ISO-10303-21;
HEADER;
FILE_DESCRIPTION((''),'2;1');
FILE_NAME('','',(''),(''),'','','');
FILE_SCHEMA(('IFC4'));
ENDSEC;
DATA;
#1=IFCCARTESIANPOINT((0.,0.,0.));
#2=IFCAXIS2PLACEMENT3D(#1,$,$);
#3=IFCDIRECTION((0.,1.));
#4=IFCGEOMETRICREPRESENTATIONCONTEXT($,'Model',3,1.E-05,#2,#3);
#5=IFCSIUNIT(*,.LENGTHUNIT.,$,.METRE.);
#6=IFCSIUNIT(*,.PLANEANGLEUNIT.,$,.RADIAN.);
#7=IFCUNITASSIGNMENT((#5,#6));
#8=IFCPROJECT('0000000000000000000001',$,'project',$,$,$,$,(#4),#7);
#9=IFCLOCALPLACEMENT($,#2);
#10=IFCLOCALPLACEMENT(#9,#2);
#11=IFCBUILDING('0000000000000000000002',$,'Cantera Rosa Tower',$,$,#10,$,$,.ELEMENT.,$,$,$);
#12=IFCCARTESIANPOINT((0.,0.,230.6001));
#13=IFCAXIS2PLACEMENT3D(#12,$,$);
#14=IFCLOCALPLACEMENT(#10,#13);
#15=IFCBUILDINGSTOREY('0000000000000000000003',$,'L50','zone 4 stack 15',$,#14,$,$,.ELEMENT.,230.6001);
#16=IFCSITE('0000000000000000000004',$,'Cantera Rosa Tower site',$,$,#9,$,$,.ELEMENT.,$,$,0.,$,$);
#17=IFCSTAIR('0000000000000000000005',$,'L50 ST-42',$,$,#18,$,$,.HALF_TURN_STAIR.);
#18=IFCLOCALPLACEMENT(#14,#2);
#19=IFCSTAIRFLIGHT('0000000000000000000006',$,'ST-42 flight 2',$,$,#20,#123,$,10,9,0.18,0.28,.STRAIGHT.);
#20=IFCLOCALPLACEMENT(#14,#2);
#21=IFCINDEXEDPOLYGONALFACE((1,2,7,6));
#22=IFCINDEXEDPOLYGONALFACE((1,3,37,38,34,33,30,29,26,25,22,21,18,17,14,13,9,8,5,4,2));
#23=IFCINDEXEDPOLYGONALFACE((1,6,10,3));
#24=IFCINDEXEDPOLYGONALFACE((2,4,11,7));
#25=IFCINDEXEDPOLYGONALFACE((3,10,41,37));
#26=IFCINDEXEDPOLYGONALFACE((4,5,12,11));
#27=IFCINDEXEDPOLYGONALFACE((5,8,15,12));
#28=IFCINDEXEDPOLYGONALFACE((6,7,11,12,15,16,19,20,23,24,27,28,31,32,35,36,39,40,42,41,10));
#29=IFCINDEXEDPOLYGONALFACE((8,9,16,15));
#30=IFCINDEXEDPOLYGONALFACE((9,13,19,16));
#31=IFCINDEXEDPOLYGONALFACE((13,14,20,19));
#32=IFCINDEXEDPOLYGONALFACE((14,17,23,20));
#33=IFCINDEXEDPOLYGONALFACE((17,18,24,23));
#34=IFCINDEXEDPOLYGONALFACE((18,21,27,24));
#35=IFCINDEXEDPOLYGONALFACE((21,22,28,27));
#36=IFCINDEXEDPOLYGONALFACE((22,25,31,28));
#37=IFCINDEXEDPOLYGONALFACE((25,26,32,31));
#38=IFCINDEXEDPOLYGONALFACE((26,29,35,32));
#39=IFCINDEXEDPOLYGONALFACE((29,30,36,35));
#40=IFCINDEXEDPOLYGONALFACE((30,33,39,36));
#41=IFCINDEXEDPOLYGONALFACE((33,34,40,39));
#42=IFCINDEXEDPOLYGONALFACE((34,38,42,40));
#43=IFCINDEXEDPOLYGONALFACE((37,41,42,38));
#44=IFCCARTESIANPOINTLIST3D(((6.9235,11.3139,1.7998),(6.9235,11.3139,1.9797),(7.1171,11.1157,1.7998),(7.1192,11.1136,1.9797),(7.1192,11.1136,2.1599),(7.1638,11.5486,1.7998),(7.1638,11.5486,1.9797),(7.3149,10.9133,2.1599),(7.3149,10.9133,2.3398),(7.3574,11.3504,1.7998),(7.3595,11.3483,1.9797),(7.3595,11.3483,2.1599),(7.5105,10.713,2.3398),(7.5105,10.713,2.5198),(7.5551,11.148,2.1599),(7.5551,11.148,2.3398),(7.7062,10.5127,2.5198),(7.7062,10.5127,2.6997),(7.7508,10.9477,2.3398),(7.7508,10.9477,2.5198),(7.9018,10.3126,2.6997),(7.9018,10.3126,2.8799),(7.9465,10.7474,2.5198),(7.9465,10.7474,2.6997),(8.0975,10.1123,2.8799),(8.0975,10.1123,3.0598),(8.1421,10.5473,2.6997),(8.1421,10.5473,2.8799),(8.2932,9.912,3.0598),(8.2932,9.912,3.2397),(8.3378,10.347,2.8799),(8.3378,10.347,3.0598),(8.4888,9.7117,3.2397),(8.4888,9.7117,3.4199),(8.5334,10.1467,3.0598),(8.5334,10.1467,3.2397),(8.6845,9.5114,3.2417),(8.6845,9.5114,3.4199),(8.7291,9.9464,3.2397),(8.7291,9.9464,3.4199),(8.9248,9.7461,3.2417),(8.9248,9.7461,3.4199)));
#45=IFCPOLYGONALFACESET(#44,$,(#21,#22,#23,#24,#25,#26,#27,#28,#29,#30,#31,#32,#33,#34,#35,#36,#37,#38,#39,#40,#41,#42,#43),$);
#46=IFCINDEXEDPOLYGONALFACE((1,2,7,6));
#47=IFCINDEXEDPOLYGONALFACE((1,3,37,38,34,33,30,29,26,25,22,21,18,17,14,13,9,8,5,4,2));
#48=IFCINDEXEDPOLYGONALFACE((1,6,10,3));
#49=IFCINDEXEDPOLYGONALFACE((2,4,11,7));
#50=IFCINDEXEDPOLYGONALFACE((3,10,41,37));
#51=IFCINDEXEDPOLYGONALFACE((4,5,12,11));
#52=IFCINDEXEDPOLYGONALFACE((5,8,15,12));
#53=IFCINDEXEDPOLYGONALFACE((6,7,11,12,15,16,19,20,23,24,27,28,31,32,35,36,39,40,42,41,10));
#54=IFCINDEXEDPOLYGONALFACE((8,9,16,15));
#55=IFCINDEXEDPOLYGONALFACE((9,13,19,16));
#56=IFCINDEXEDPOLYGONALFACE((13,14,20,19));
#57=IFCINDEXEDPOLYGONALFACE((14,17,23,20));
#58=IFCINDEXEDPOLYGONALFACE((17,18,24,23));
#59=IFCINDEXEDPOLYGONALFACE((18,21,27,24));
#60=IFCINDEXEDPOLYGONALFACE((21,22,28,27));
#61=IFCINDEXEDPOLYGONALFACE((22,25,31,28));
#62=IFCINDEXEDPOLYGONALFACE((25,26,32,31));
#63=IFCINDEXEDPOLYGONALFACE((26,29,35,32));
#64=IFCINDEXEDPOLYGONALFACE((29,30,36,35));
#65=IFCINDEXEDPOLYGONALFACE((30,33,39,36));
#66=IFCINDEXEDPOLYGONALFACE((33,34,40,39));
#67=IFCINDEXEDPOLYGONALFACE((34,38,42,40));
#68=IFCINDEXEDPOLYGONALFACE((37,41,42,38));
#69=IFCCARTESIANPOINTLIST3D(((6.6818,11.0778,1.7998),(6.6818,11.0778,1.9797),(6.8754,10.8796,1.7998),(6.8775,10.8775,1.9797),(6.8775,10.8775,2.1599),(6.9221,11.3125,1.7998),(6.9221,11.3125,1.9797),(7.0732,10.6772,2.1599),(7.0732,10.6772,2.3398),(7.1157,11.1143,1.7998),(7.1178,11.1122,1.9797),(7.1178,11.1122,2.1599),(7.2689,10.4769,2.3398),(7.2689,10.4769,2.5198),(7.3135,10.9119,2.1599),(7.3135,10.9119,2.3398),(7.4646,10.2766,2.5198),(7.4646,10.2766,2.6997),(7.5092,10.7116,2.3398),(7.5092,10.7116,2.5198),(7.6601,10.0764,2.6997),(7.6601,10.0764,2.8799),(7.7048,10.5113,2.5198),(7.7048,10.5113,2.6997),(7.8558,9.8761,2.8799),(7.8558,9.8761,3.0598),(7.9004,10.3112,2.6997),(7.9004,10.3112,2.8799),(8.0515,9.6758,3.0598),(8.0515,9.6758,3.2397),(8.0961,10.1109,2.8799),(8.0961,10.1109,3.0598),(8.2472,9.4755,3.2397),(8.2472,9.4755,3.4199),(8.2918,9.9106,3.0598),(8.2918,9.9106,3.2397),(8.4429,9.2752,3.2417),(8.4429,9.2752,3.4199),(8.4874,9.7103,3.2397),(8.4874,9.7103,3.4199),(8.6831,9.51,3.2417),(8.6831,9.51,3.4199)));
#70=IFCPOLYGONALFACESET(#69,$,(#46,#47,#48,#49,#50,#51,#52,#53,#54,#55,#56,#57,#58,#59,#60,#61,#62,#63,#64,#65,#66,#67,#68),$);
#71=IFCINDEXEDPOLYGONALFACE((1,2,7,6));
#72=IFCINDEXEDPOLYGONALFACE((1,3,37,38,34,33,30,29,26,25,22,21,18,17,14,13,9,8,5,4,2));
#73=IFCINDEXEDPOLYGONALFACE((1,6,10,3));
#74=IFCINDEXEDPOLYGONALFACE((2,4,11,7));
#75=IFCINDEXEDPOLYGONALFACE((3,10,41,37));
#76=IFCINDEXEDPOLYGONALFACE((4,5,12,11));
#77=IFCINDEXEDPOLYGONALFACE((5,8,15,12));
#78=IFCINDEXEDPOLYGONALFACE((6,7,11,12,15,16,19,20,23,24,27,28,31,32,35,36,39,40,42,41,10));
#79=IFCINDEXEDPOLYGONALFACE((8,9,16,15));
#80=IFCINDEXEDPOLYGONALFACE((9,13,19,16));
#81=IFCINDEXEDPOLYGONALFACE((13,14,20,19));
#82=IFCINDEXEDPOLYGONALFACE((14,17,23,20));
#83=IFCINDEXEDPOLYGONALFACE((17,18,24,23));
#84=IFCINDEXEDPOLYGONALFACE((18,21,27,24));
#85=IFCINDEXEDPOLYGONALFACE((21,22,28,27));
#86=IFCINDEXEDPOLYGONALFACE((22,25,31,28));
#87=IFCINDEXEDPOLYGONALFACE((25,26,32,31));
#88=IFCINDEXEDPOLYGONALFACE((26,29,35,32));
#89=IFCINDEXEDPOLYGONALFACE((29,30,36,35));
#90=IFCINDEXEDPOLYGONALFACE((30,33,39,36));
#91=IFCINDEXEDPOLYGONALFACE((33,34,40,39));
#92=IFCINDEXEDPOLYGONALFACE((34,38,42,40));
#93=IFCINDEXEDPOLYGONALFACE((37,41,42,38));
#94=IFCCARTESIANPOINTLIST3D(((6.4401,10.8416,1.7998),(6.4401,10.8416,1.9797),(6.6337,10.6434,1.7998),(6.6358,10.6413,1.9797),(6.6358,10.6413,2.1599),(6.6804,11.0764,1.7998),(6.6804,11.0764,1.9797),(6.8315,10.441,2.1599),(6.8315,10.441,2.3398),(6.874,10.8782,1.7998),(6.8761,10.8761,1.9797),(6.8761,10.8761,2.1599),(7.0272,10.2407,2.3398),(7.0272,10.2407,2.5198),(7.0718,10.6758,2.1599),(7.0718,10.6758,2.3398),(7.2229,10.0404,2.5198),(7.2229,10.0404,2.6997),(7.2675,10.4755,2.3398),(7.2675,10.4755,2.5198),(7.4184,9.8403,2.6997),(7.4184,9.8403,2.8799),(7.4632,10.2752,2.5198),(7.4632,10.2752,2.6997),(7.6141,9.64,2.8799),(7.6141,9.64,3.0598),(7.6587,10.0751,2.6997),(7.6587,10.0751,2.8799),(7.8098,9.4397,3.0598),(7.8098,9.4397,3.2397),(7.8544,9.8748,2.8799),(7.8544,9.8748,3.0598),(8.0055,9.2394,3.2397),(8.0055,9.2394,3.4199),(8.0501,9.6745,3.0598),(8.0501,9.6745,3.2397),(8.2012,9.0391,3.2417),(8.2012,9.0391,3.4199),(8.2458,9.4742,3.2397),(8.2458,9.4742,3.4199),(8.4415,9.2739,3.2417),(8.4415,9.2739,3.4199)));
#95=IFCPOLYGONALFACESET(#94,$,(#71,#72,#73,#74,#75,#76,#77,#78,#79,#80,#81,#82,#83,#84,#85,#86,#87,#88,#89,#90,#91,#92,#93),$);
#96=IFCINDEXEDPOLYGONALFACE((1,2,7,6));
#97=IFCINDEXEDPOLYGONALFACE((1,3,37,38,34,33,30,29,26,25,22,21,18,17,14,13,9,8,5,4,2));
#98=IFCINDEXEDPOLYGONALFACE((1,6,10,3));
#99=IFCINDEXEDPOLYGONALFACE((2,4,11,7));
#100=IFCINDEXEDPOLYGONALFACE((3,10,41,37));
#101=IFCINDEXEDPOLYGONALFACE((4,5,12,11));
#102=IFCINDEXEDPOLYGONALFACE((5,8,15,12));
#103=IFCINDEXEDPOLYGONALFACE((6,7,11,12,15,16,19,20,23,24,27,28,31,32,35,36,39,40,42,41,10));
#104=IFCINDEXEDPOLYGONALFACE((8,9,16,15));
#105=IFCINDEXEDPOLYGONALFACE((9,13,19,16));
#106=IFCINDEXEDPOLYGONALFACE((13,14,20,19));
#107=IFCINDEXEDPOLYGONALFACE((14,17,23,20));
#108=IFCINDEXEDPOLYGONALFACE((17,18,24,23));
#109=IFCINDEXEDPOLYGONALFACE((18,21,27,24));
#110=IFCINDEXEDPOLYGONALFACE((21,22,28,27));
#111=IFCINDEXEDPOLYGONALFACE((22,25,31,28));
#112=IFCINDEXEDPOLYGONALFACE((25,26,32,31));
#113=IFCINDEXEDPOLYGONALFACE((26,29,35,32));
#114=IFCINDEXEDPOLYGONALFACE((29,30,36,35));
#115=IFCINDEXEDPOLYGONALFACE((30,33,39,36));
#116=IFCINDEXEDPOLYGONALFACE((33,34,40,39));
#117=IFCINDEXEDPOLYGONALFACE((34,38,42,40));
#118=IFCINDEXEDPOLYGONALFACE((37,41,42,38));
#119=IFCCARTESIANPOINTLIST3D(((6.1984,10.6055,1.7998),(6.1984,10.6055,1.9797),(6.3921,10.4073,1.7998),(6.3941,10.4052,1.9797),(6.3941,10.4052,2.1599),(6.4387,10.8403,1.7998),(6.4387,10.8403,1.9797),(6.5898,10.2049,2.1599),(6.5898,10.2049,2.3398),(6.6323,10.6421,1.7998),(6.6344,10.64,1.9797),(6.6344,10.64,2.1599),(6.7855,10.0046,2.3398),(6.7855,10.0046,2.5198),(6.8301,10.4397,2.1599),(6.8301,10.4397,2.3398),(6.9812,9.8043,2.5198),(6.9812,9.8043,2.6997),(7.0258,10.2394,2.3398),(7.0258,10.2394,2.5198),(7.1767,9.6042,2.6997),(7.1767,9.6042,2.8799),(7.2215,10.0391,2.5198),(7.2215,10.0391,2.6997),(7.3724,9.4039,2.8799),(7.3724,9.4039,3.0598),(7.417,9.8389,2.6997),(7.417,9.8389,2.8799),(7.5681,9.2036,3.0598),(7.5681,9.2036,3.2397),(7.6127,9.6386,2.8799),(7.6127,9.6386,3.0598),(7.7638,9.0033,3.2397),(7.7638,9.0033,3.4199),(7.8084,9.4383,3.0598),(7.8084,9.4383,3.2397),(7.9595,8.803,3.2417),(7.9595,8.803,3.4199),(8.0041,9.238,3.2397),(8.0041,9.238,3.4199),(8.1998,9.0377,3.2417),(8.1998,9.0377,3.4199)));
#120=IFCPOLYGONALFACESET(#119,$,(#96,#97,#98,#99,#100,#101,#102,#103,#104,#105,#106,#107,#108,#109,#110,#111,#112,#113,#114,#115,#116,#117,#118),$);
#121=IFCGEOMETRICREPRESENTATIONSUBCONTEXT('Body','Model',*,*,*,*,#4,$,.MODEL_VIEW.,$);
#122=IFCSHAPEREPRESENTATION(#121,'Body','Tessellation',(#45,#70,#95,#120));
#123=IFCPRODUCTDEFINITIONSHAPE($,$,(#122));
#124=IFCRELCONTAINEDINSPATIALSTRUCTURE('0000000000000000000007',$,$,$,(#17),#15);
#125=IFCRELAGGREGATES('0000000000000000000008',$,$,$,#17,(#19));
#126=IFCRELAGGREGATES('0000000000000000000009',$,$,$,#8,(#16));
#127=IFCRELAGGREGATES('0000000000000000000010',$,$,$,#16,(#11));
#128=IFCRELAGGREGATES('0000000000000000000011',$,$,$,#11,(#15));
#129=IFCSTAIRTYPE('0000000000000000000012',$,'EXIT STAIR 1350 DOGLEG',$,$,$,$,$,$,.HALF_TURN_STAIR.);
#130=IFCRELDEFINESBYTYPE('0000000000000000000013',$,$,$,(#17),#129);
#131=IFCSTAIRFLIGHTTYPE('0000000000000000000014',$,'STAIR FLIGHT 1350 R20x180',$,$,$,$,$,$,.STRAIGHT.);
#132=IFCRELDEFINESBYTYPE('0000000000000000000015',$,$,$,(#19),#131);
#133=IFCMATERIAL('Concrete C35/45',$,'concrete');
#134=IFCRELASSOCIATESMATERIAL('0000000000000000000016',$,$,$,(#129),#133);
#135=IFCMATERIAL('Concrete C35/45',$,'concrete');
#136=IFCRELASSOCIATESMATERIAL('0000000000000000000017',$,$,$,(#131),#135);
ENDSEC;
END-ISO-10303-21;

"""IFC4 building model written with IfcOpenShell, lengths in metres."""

from ifc_helpers import new_model, si_unit, direction, frame, origin, place, context, subcontext, project, spatial, polyline, outline, extrude, material, type_object, element, aggregate, save


model = new_model("IFC4")

# Units and contexts
model_context = context("Model", 3, precision=1e-05, world=origin(), true_north=direction((0.0, 1.0)))
body_context = subcontext(model_context, "Body", "Model", "MODEL_VIEW")
ifc_project = project(units=[si_unit("LENGTHUNIT", "METRE"), si_unit("PLANEANGLEUNIT", "RADIAN")], contexts=[model_context])

# Site, building, storey
site_placement = place(None, origin())
site = spatial("IfcSite", under=ifc_project, at=site_placement, Name="Cantera Rosa Tower site", CompositionType="ELEMENT", RefElevation=0.0)
building_placement = place(site_placement, origin())
building = spatial("IfcBuilding", under=site, at=building_placement, Name="Cantera Rosa Tower", CompositionType="ELEMENT")
storey_placement = place(building_placement, frame((0.0, 0.0, 230.6001)))
storey = spatial("IfcBuildingStorey", under=building, at=storey_placement, Name="L50", Description="zone 4 stack 15", CompositionType="ELEMENT", Elevation=230.6001)

# Shared definitions
ifc_material_1 = material(Name="Concrete C35/45", Category="concrete")
stair_type = type_object("IfcStairType", Name="EXIT STAIR 1350 DOGLEG", PredefinedType="HALF_TURN_STAIR", material=ifc_material_1)
ifc_material_2 = material(Name="Concrete C35/45", Category="concrete")
stair_flight_type = type_object("IfcStairFlightType", Name="STAIR FLIGHT 1350 R20x180", PredefinedType="STRAIGHT", material=ifc_material_2)

# Stair, stair flight
stair_1_placement = place(storey_placement, origin())
stair_1 = element("IfcStair", 1, at=stair_1_placement, inside=storey, type_object=stair_type, Name="L50 ST-42", PredefinedType="HALF_TURN_STAIR")
stair_flight_1_placement = place(storey_placement, frame((6.6809, 11.0769, 1.7998), z_axis=(0.0, 0.0, 1.0), x_axis=(0.698832, -0.715286, 0.0)))
stair_flight_1 = element("IfcStairFlight", 2, at=stair_flight_1_placement, type_object=stair_flight_type, Name="ST-42 flight 2", NumberOfRisers=10, NumberOfTreads=9, PredefinedType="STRAIGHT", RiserHeight=0.18, TreadLength=0.28, context=body_context, shape_type="SweptSolid", body=[
    extrude(outline(polyline([(0.0, 0.0), (0.0, 0.1799), (0.28, 0.1799), (0.28, 0.3601), (0.5601, 0.3601), (0.5601, 0.54), (0.8401, 0.54), (0.8401, 0.72), (1.1201, 0.72), (1.1201, 0.8999), (1.3999, 0.8999), (1.3999, 1.0801), (1.6799, 1.0801), (1.6799, 1.26), (1.96, 1.26), (1.96, 1.4399), (2.24, 1.4399), (2.24, 1.6201), (2.52, 1.6201), (2.52, 1.8), (2.52, 1.4419), (0.2771, 0.0), (0.0, 0.0)])), frame((0.0, 0.675, 0.0), z_axis=(0.0, -1.0, 0.0), x_axis=(1.0, 0.0, 0.0)), (0.0, 0.0, 1.0), 0.3359),
    extrude(outline(polyline([(0.0, 0.0), (0.0, 0.1799), (0.28, 0.1799), (0.28, 0.3601), (0.5601, 0.3601), (0.5601, 0.54), (0.8401, 0.54), (0.8401, 0.72), (1.1201, 0.72), (1.1201, 0.8999), (1.3999, 0.8999), (1.3999, 1.0801), (1.6799, 1.0801), (1.6799, 1.26), (1.96, 1.26), (1.96, 1.4399), (2.24, 1.4399), (2.24, 1.6201), (2.52, 1.6201), (2.52, 1.8), (2.52, 1.4419), (0.2771, 0.0), (0.0, 0.0)])), frame((0.0, 0.3372, 0.0), z_axis=(0.0, -1.0, 0.0), x_axis=(1.0, 0.0, 0.0)), (0.0, 0.0, 1.0), 0.3359),
    extrude(outline(polyline([(0.0, 0.0), (0.0, 0.1799), (0.28, 0.1799), (0.28, 0.3601), (0.5601, 0.3601), (0.5601, 0.54), (0.8401, 0.54), (0.8401, 0.72), (1.1201, 0.72), (1.1201, 0.8999), (1.3999, 0.8999), (1.3999, 1.0801), (1.6799, 1.0801), (1.6799, 1.26), (1.96, 1.26), (1.96, 1.4399), (2.24, 1.4399), (2.24, 1.6201), (2.52, 1.6201), (2.52, 1.8), (2.52, 1.4419), (0.2771, 0.0), (0.0, 0.0)])), frame((0.0, -0.0007, 0.0), z_axis=(0.0, -1.0, 0.0), x_axis=(1.0, 0.0, 0.0)), (0.0, 0.0, 1.0), 0.3359),
    extrude(outline(polyline([(0.0, 0.0), (0.0, 0.1799), (0.28, 0.1799), (0.28, 0.3601), (0.5601, 0.3601), (0.5601, 0.54), (0.8401, 0.54), (0.8401, 0.72), (1.1201, 0.72), (1.1201, 0.8999), (1.3999, 0.8999), (1.3999, 1.0801), (1.6799, 1.0801), (1.6799, 1.26), (1.96, 1.26), (1.96, 1.4399), (2.24, 1.4399), (2.24, 1.6201), (2.52, 1.6201), (2.52, 1.8), (2.52, 1.4419), (0.2771, 0.0), (0.0, 0.0)])), frame((0.0, -0.3386, 0.0), z_axis=(0.0, -1.0, 0.0), x_axis=(1.0, 0.0, 0.0)), (0.0, 0.0, 1.0), 0.3359),
])
aggregate(stair_1, [stair_flight_1])

save(model, "model.ifc")
